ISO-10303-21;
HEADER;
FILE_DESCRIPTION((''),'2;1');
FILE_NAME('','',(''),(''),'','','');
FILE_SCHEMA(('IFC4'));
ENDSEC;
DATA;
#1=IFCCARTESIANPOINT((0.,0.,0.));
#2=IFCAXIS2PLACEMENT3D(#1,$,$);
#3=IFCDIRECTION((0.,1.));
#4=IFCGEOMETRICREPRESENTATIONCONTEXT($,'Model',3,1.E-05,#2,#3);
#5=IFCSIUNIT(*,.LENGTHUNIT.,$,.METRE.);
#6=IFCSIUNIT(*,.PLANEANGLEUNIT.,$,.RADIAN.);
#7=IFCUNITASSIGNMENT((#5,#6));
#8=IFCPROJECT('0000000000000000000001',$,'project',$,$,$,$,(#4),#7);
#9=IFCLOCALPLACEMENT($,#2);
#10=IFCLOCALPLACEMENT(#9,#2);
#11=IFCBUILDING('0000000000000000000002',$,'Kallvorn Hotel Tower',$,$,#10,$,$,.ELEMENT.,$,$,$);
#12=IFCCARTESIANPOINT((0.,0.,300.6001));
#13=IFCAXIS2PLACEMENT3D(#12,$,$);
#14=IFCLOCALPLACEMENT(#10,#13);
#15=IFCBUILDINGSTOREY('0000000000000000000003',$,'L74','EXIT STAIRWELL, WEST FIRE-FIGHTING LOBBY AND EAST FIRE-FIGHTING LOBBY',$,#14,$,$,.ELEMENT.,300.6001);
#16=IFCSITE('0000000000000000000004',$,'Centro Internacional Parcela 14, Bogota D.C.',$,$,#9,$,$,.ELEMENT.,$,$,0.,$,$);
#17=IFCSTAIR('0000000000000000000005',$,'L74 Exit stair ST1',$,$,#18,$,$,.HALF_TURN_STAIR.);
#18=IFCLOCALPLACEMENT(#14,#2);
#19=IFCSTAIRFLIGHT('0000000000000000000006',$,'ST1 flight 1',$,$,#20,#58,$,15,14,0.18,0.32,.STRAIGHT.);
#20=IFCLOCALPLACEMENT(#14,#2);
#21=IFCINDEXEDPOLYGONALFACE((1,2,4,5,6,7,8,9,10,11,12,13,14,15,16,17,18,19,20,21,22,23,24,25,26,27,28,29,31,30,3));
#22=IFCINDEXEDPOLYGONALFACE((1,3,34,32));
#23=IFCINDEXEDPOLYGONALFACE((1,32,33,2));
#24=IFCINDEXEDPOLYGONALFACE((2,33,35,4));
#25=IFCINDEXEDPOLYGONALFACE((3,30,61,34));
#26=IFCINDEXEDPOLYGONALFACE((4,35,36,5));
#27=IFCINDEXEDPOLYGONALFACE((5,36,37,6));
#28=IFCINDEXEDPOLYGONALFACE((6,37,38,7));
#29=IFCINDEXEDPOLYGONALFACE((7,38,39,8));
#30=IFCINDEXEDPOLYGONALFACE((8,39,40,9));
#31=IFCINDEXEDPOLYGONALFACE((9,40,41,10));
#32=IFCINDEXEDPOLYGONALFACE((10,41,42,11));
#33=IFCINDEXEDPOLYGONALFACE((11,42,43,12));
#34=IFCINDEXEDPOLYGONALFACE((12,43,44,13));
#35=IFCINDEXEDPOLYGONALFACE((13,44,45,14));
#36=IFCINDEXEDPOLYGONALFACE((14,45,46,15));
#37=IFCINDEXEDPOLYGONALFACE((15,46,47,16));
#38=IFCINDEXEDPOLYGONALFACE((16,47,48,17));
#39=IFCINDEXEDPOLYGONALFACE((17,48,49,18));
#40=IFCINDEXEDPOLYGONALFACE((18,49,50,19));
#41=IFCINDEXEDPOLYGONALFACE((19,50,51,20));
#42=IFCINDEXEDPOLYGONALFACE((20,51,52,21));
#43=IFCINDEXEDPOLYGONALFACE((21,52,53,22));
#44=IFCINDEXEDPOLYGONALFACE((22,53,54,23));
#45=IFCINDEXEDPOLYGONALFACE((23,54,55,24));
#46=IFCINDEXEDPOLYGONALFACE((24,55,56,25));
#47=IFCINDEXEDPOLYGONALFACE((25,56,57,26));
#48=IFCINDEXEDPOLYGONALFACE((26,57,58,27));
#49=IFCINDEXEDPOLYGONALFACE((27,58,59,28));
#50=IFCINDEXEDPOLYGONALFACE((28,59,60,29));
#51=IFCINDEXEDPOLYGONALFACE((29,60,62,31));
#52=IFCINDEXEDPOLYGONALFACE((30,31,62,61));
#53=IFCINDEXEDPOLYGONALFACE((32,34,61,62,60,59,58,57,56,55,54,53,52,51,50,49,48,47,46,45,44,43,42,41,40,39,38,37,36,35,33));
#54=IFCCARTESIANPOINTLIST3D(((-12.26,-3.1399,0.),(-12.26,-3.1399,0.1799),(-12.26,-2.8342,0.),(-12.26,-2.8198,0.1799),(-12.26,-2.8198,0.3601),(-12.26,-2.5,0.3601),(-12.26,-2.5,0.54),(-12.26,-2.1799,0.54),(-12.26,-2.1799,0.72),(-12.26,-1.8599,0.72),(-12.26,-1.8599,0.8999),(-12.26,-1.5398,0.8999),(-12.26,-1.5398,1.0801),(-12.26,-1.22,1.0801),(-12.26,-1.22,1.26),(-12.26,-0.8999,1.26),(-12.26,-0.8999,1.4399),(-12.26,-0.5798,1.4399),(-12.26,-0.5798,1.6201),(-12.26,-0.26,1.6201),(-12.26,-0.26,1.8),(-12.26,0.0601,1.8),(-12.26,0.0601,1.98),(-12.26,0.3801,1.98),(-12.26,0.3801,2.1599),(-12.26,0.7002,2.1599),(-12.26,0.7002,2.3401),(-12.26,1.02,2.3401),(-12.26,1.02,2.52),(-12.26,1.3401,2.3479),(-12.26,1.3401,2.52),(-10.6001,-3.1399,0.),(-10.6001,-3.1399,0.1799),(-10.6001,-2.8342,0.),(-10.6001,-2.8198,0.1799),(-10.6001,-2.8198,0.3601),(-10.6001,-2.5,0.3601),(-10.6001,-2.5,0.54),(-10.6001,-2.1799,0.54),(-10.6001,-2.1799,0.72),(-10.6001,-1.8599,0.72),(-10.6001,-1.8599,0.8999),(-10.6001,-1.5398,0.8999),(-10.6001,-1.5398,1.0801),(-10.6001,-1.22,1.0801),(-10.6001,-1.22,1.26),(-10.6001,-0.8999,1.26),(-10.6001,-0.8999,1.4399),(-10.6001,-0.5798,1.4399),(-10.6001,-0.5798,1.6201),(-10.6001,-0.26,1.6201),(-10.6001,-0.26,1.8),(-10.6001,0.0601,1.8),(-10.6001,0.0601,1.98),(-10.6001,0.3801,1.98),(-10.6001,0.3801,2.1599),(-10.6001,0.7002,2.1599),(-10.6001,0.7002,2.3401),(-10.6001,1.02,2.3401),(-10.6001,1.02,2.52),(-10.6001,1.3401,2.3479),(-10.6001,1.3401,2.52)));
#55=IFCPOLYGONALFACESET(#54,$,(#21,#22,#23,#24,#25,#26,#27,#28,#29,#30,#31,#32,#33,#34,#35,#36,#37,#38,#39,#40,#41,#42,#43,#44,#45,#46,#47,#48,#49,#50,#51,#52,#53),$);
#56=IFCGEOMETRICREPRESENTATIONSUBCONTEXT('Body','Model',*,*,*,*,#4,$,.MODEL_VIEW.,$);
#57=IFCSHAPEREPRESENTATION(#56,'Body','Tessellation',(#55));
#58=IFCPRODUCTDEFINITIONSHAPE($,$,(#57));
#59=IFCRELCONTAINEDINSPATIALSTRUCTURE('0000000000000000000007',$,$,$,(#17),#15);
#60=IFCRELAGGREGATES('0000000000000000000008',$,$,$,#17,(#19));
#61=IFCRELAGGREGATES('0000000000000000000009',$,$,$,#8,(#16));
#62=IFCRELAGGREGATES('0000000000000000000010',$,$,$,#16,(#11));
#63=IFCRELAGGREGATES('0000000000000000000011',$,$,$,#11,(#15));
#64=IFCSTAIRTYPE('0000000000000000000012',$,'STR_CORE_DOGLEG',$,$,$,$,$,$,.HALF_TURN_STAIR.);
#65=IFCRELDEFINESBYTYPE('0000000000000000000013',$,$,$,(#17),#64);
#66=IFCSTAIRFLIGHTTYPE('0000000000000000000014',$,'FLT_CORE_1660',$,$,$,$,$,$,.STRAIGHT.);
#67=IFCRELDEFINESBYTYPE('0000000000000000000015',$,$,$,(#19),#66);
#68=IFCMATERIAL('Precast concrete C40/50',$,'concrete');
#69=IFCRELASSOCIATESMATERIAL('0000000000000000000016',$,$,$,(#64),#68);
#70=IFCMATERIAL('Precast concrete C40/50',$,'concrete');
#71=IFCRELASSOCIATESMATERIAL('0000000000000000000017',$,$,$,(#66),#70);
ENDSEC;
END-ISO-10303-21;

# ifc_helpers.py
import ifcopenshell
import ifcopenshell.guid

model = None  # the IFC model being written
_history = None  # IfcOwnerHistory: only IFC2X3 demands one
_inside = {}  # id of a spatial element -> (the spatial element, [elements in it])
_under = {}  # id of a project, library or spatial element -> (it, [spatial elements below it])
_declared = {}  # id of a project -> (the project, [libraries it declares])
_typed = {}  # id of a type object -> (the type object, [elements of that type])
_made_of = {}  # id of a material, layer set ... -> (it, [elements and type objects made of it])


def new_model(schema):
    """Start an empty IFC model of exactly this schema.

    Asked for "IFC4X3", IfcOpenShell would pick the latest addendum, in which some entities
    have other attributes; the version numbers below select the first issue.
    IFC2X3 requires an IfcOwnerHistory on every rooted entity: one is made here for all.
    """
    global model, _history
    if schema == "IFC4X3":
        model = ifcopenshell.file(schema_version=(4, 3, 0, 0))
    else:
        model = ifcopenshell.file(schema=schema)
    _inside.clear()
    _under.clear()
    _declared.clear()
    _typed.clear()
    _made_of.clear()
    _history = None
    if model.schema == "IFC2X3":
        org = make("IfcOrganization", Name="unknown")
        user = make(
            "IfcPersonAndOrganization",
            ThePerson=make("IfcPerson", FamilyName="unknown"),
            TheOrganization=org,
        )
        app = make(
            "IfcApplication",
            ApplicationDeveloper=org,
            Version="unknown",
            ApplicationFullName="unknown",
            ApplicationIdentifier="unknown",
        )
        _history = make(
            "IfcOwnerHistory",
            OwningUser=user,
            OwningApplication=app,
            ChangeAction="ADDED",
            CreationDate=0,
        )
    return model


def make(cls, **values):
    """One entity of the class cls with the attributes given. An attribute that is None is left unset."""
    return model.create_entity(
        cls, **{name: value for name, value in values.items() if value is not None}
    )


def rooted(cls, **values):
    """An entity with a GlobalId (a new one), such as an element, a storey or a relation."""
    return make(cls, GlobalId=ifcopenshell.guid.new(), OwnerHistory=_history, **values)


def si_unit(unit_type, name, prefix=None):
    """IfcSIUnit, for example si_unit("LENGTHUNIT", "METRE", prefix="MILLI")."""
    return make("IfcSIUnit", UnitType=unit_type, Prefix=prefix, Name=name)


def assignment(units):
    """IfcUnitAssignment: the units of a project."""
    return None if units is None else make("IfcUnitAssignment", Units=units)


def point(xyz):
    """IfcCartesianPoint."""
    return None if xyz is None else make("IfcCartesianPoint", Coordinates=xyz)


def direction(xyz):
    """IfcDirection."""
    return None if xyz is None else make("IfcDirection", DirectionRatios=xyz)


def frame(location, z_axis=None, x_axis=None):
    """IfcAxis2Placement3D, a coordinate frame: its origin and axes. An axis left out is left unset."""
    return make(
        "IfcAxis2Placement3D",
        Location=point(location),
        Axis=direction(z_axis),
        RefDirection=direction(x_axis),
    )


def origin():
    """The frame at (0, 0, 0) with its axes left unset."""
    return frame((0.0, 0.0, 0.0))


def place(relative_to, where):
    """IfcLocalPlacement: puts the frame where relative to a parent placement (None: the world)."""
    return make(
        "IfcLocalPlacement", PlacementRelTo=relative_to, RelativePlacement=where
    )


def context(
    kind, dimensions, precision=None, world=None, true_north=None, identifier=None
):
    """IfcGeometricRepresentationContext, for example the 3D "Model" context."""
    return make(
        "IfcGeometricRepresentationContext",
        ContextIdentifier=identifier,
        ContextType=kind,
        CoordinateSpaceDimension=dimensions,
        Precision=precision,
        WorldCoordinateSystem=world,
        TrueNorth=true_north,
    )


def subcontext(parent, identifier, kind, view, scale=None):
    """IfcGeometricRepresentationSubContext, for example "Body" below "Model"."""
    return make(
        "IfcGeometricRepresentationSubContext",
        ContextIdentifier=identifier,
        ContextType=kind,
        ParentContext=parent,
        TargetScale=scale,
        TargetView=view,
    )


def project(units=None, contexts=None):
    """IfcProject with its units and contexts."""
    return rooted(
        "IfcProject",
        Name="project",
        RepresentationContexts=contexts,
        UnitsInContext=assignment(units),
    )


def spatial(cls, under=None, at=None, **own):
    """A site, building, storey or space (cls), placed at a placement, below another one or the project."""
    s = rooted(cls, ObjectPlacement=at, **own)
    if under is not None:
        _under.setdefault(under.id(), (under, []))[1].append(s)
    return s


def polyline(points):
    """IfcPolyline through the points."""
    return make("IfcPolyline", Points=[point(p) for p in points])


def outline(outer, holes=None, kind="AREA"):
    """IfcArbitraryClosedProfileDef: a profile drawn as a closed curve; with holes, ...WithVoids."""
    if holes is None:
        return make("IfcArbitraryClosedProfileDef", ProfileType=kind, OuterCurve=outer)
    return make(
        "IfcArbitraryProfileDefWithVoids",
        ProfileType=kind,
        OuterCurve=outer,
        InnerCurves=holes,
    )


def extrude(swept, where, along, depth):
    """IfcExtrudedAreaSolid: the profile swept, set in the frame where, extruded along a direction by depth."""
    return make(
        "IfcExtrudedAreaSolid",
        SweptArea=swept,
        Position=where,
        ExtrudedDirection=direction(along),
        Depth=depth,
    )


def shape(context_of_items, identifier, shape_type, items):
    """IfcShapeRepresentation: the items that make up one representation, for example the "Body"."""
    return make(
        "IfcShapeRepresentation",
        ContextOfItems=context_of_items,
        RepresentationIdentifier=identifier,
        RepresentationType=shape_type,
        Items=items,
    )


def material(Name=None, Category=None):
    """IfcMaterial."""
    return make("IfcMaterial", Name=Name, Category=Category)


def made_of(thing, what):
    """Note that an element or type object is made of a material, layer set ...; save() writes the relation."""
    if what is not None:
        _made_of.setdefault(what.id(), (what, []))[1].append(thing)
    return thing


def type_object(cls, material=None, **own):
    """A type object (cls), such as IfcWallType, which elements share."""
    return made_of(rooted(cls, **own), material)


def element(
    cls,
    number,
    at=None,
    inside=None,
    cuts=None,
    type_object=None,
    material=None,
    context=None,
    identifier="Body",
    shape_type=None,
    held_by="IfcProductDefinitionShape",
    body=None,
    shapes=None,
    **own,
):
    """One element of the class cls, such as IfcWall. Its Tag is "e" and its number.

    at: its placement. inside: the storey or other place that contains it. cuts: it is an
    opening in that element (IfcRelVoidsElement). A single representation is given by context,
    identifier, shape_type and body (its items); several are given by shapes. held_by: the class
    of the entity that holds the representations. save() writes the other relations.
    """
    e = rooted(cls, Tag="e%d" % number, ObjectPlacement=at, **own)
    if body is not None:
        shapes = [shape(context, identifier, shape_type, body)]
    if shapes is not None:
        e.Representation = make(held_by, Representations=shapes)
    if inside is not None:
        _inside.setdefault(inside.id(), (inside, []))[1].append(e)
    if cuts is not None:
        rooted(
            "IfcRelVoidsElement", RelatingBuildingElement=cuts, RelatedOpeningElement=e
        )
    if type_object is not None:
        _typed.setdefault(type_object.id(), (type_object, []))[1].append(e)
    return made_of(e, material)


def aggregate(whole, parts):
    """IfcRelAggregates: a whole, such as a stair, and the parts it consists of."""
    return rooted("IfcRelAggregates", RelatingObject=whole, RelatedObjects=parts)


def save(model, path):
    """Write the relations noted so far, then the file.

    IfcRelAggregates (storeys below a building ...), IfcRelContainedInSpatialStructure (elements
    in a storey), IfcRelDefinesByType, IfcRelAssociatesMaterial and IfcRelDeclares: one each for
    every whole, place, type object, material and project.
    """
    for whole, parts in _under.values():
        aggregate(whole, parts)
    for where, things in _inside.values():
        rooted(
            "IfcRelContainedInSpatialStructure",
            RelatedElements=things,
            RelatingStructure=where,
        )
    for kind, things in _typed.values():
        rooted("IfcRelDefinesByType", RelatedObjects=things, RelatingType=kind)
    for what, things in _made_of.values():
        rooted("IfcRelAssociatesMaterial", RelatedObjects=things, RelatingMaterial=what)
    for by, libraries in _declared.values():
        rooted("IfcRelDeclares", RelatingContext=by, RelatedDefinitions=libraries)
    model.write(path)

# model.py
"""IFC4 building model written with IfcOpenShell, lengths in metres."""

from ifc_helpers import new_model, si_unit, direction, frame, origin, place, context, subcontext, project, spatial, polyline, outline, extrude, material, type_object, element, aggregate, save


model = new_model("IFC4")

# Units and contexts
model_context = context("Model", 3, precision=1e-05, world=origin(), true_north=direction((0.0, 1.0)))
body_context = subcontext(model_context, "Body", "Model", "MODEL_VIEW")
ifc_project = project(units=[si_unit("LENGTHUNIT", "METRE"), si_unit("PLANEANGLEUNIT", "RADIAN")], contexts=[model_context])

# Site, building, storey
site_placement = place(None, origin())
site = spatial("IfcSite", under=ifc_project, at=site_placement, Name="Centro Internacional Parcela 14, Bogota D.C.", CompositionType="ELEMENT", RefElevation=0.0)
building_placement = place(site_placement, origin())
building = spatial("IfcBuilding", under=site, at=building_placement, Name="Kallvorn Hotel Tower", CompositionType="ELEMENT")
storey_placement = place(building_placement, frame((0.0, 0.0, 300.6001)))
storey = spatial("IfcBuildingStorey", under=building, at=storey_placement, Name="L74", Description="EXIT STAIRWELL, WEST FIRE-FIGHTING LOBBY AND EAST FIRE-FIGHTING LOBBY", CompositionType="ELEMENT", Elevation=300.6001)

# Stair, stair flight
ifc_material_1 = material(Name="Precast concrete C40/50", Category="concrete")
stair_type = type_object("IfcStairType", Name="STR_CORE_DOGLEG", PredefinedType="HALF_TURN_STAIR", material=ifc_material_1)
stair_placement = place(storey_placement, origin())
stair = element("IfcStair", 1, at=stair_placement, inside=storey, type_object=stair_type, Name="L74 Exit stair ST1", PredefinedType="HALF_TURN_STAIR")
ifc_material_2 = material(Name="Precast concrete C40/50", Category="concrete")
stair_flight_type = type_object("IfcStairFlightType", Name="FLT_CORE_1660", PredefinedType="STRAIGHT", material=ifc_material_2)
stair_flight_placement = place(storey_placement, frame((-11.4299, -3.1399, 0.0), z_axis=(0.0, 0.0, 1.0), x_axis=(0.0, 1.0, 0.0)))
stair_flight = element("IfcStairFlight", 2, at=stair_flight_placement, type_object=stair_flight_type, Name="ST1 flight 1", NumberOfRisers=15, NumberOfTreads=14, PredefinedType="STRAIGHT", RiserHeight=0.18, TreadLength=0.32, context=body_context, shape_type="SweptSolid", body=[
    extrude(outline(polyline([(0.0, 0.0), (0.0, 0.1799), (0.3201, 0.1799), (0.3201, 0.3601), (0.6399, 0.3601), (0.6399, 0.54), (0.96, 0.54), (0.96, 0.72), (1.28, 0.72), (1.28, 0.8999), (1.6001, 0.8999), (1.6001, 1.0801), (1.9199, 1.0801), (1.9199, 1.26), (2.24, 1.26), (2.24, 1.4399), (2.5601, 1.4399), (2.5601, 1.6201), (2.8799, 1.6201), (2.8799, 1.8), (3.2, 1.8), (3.2, 1.98), (3.52, 1.98), (3.52, 2.1599), (3.8401, 2.1599), (3.8401, 2.3401), (4.1599, 2.3401), (4.1599, 2.52), (4.48, 2.52), (4.48, 2.7), (4.48, 2.3479), (0.3057, 0.0), (0.0, 0.0)])), frame((0.0, 0.8301, 0.0), z_axis=(0.0, -1.0, 0.0), x_axis=(1.0, 0.0, 0.0)), (0.0, 0.0, 1.0), 1.6599),
])
aggregate(stair, [stair_flight])

save(model, "model.ifc")
